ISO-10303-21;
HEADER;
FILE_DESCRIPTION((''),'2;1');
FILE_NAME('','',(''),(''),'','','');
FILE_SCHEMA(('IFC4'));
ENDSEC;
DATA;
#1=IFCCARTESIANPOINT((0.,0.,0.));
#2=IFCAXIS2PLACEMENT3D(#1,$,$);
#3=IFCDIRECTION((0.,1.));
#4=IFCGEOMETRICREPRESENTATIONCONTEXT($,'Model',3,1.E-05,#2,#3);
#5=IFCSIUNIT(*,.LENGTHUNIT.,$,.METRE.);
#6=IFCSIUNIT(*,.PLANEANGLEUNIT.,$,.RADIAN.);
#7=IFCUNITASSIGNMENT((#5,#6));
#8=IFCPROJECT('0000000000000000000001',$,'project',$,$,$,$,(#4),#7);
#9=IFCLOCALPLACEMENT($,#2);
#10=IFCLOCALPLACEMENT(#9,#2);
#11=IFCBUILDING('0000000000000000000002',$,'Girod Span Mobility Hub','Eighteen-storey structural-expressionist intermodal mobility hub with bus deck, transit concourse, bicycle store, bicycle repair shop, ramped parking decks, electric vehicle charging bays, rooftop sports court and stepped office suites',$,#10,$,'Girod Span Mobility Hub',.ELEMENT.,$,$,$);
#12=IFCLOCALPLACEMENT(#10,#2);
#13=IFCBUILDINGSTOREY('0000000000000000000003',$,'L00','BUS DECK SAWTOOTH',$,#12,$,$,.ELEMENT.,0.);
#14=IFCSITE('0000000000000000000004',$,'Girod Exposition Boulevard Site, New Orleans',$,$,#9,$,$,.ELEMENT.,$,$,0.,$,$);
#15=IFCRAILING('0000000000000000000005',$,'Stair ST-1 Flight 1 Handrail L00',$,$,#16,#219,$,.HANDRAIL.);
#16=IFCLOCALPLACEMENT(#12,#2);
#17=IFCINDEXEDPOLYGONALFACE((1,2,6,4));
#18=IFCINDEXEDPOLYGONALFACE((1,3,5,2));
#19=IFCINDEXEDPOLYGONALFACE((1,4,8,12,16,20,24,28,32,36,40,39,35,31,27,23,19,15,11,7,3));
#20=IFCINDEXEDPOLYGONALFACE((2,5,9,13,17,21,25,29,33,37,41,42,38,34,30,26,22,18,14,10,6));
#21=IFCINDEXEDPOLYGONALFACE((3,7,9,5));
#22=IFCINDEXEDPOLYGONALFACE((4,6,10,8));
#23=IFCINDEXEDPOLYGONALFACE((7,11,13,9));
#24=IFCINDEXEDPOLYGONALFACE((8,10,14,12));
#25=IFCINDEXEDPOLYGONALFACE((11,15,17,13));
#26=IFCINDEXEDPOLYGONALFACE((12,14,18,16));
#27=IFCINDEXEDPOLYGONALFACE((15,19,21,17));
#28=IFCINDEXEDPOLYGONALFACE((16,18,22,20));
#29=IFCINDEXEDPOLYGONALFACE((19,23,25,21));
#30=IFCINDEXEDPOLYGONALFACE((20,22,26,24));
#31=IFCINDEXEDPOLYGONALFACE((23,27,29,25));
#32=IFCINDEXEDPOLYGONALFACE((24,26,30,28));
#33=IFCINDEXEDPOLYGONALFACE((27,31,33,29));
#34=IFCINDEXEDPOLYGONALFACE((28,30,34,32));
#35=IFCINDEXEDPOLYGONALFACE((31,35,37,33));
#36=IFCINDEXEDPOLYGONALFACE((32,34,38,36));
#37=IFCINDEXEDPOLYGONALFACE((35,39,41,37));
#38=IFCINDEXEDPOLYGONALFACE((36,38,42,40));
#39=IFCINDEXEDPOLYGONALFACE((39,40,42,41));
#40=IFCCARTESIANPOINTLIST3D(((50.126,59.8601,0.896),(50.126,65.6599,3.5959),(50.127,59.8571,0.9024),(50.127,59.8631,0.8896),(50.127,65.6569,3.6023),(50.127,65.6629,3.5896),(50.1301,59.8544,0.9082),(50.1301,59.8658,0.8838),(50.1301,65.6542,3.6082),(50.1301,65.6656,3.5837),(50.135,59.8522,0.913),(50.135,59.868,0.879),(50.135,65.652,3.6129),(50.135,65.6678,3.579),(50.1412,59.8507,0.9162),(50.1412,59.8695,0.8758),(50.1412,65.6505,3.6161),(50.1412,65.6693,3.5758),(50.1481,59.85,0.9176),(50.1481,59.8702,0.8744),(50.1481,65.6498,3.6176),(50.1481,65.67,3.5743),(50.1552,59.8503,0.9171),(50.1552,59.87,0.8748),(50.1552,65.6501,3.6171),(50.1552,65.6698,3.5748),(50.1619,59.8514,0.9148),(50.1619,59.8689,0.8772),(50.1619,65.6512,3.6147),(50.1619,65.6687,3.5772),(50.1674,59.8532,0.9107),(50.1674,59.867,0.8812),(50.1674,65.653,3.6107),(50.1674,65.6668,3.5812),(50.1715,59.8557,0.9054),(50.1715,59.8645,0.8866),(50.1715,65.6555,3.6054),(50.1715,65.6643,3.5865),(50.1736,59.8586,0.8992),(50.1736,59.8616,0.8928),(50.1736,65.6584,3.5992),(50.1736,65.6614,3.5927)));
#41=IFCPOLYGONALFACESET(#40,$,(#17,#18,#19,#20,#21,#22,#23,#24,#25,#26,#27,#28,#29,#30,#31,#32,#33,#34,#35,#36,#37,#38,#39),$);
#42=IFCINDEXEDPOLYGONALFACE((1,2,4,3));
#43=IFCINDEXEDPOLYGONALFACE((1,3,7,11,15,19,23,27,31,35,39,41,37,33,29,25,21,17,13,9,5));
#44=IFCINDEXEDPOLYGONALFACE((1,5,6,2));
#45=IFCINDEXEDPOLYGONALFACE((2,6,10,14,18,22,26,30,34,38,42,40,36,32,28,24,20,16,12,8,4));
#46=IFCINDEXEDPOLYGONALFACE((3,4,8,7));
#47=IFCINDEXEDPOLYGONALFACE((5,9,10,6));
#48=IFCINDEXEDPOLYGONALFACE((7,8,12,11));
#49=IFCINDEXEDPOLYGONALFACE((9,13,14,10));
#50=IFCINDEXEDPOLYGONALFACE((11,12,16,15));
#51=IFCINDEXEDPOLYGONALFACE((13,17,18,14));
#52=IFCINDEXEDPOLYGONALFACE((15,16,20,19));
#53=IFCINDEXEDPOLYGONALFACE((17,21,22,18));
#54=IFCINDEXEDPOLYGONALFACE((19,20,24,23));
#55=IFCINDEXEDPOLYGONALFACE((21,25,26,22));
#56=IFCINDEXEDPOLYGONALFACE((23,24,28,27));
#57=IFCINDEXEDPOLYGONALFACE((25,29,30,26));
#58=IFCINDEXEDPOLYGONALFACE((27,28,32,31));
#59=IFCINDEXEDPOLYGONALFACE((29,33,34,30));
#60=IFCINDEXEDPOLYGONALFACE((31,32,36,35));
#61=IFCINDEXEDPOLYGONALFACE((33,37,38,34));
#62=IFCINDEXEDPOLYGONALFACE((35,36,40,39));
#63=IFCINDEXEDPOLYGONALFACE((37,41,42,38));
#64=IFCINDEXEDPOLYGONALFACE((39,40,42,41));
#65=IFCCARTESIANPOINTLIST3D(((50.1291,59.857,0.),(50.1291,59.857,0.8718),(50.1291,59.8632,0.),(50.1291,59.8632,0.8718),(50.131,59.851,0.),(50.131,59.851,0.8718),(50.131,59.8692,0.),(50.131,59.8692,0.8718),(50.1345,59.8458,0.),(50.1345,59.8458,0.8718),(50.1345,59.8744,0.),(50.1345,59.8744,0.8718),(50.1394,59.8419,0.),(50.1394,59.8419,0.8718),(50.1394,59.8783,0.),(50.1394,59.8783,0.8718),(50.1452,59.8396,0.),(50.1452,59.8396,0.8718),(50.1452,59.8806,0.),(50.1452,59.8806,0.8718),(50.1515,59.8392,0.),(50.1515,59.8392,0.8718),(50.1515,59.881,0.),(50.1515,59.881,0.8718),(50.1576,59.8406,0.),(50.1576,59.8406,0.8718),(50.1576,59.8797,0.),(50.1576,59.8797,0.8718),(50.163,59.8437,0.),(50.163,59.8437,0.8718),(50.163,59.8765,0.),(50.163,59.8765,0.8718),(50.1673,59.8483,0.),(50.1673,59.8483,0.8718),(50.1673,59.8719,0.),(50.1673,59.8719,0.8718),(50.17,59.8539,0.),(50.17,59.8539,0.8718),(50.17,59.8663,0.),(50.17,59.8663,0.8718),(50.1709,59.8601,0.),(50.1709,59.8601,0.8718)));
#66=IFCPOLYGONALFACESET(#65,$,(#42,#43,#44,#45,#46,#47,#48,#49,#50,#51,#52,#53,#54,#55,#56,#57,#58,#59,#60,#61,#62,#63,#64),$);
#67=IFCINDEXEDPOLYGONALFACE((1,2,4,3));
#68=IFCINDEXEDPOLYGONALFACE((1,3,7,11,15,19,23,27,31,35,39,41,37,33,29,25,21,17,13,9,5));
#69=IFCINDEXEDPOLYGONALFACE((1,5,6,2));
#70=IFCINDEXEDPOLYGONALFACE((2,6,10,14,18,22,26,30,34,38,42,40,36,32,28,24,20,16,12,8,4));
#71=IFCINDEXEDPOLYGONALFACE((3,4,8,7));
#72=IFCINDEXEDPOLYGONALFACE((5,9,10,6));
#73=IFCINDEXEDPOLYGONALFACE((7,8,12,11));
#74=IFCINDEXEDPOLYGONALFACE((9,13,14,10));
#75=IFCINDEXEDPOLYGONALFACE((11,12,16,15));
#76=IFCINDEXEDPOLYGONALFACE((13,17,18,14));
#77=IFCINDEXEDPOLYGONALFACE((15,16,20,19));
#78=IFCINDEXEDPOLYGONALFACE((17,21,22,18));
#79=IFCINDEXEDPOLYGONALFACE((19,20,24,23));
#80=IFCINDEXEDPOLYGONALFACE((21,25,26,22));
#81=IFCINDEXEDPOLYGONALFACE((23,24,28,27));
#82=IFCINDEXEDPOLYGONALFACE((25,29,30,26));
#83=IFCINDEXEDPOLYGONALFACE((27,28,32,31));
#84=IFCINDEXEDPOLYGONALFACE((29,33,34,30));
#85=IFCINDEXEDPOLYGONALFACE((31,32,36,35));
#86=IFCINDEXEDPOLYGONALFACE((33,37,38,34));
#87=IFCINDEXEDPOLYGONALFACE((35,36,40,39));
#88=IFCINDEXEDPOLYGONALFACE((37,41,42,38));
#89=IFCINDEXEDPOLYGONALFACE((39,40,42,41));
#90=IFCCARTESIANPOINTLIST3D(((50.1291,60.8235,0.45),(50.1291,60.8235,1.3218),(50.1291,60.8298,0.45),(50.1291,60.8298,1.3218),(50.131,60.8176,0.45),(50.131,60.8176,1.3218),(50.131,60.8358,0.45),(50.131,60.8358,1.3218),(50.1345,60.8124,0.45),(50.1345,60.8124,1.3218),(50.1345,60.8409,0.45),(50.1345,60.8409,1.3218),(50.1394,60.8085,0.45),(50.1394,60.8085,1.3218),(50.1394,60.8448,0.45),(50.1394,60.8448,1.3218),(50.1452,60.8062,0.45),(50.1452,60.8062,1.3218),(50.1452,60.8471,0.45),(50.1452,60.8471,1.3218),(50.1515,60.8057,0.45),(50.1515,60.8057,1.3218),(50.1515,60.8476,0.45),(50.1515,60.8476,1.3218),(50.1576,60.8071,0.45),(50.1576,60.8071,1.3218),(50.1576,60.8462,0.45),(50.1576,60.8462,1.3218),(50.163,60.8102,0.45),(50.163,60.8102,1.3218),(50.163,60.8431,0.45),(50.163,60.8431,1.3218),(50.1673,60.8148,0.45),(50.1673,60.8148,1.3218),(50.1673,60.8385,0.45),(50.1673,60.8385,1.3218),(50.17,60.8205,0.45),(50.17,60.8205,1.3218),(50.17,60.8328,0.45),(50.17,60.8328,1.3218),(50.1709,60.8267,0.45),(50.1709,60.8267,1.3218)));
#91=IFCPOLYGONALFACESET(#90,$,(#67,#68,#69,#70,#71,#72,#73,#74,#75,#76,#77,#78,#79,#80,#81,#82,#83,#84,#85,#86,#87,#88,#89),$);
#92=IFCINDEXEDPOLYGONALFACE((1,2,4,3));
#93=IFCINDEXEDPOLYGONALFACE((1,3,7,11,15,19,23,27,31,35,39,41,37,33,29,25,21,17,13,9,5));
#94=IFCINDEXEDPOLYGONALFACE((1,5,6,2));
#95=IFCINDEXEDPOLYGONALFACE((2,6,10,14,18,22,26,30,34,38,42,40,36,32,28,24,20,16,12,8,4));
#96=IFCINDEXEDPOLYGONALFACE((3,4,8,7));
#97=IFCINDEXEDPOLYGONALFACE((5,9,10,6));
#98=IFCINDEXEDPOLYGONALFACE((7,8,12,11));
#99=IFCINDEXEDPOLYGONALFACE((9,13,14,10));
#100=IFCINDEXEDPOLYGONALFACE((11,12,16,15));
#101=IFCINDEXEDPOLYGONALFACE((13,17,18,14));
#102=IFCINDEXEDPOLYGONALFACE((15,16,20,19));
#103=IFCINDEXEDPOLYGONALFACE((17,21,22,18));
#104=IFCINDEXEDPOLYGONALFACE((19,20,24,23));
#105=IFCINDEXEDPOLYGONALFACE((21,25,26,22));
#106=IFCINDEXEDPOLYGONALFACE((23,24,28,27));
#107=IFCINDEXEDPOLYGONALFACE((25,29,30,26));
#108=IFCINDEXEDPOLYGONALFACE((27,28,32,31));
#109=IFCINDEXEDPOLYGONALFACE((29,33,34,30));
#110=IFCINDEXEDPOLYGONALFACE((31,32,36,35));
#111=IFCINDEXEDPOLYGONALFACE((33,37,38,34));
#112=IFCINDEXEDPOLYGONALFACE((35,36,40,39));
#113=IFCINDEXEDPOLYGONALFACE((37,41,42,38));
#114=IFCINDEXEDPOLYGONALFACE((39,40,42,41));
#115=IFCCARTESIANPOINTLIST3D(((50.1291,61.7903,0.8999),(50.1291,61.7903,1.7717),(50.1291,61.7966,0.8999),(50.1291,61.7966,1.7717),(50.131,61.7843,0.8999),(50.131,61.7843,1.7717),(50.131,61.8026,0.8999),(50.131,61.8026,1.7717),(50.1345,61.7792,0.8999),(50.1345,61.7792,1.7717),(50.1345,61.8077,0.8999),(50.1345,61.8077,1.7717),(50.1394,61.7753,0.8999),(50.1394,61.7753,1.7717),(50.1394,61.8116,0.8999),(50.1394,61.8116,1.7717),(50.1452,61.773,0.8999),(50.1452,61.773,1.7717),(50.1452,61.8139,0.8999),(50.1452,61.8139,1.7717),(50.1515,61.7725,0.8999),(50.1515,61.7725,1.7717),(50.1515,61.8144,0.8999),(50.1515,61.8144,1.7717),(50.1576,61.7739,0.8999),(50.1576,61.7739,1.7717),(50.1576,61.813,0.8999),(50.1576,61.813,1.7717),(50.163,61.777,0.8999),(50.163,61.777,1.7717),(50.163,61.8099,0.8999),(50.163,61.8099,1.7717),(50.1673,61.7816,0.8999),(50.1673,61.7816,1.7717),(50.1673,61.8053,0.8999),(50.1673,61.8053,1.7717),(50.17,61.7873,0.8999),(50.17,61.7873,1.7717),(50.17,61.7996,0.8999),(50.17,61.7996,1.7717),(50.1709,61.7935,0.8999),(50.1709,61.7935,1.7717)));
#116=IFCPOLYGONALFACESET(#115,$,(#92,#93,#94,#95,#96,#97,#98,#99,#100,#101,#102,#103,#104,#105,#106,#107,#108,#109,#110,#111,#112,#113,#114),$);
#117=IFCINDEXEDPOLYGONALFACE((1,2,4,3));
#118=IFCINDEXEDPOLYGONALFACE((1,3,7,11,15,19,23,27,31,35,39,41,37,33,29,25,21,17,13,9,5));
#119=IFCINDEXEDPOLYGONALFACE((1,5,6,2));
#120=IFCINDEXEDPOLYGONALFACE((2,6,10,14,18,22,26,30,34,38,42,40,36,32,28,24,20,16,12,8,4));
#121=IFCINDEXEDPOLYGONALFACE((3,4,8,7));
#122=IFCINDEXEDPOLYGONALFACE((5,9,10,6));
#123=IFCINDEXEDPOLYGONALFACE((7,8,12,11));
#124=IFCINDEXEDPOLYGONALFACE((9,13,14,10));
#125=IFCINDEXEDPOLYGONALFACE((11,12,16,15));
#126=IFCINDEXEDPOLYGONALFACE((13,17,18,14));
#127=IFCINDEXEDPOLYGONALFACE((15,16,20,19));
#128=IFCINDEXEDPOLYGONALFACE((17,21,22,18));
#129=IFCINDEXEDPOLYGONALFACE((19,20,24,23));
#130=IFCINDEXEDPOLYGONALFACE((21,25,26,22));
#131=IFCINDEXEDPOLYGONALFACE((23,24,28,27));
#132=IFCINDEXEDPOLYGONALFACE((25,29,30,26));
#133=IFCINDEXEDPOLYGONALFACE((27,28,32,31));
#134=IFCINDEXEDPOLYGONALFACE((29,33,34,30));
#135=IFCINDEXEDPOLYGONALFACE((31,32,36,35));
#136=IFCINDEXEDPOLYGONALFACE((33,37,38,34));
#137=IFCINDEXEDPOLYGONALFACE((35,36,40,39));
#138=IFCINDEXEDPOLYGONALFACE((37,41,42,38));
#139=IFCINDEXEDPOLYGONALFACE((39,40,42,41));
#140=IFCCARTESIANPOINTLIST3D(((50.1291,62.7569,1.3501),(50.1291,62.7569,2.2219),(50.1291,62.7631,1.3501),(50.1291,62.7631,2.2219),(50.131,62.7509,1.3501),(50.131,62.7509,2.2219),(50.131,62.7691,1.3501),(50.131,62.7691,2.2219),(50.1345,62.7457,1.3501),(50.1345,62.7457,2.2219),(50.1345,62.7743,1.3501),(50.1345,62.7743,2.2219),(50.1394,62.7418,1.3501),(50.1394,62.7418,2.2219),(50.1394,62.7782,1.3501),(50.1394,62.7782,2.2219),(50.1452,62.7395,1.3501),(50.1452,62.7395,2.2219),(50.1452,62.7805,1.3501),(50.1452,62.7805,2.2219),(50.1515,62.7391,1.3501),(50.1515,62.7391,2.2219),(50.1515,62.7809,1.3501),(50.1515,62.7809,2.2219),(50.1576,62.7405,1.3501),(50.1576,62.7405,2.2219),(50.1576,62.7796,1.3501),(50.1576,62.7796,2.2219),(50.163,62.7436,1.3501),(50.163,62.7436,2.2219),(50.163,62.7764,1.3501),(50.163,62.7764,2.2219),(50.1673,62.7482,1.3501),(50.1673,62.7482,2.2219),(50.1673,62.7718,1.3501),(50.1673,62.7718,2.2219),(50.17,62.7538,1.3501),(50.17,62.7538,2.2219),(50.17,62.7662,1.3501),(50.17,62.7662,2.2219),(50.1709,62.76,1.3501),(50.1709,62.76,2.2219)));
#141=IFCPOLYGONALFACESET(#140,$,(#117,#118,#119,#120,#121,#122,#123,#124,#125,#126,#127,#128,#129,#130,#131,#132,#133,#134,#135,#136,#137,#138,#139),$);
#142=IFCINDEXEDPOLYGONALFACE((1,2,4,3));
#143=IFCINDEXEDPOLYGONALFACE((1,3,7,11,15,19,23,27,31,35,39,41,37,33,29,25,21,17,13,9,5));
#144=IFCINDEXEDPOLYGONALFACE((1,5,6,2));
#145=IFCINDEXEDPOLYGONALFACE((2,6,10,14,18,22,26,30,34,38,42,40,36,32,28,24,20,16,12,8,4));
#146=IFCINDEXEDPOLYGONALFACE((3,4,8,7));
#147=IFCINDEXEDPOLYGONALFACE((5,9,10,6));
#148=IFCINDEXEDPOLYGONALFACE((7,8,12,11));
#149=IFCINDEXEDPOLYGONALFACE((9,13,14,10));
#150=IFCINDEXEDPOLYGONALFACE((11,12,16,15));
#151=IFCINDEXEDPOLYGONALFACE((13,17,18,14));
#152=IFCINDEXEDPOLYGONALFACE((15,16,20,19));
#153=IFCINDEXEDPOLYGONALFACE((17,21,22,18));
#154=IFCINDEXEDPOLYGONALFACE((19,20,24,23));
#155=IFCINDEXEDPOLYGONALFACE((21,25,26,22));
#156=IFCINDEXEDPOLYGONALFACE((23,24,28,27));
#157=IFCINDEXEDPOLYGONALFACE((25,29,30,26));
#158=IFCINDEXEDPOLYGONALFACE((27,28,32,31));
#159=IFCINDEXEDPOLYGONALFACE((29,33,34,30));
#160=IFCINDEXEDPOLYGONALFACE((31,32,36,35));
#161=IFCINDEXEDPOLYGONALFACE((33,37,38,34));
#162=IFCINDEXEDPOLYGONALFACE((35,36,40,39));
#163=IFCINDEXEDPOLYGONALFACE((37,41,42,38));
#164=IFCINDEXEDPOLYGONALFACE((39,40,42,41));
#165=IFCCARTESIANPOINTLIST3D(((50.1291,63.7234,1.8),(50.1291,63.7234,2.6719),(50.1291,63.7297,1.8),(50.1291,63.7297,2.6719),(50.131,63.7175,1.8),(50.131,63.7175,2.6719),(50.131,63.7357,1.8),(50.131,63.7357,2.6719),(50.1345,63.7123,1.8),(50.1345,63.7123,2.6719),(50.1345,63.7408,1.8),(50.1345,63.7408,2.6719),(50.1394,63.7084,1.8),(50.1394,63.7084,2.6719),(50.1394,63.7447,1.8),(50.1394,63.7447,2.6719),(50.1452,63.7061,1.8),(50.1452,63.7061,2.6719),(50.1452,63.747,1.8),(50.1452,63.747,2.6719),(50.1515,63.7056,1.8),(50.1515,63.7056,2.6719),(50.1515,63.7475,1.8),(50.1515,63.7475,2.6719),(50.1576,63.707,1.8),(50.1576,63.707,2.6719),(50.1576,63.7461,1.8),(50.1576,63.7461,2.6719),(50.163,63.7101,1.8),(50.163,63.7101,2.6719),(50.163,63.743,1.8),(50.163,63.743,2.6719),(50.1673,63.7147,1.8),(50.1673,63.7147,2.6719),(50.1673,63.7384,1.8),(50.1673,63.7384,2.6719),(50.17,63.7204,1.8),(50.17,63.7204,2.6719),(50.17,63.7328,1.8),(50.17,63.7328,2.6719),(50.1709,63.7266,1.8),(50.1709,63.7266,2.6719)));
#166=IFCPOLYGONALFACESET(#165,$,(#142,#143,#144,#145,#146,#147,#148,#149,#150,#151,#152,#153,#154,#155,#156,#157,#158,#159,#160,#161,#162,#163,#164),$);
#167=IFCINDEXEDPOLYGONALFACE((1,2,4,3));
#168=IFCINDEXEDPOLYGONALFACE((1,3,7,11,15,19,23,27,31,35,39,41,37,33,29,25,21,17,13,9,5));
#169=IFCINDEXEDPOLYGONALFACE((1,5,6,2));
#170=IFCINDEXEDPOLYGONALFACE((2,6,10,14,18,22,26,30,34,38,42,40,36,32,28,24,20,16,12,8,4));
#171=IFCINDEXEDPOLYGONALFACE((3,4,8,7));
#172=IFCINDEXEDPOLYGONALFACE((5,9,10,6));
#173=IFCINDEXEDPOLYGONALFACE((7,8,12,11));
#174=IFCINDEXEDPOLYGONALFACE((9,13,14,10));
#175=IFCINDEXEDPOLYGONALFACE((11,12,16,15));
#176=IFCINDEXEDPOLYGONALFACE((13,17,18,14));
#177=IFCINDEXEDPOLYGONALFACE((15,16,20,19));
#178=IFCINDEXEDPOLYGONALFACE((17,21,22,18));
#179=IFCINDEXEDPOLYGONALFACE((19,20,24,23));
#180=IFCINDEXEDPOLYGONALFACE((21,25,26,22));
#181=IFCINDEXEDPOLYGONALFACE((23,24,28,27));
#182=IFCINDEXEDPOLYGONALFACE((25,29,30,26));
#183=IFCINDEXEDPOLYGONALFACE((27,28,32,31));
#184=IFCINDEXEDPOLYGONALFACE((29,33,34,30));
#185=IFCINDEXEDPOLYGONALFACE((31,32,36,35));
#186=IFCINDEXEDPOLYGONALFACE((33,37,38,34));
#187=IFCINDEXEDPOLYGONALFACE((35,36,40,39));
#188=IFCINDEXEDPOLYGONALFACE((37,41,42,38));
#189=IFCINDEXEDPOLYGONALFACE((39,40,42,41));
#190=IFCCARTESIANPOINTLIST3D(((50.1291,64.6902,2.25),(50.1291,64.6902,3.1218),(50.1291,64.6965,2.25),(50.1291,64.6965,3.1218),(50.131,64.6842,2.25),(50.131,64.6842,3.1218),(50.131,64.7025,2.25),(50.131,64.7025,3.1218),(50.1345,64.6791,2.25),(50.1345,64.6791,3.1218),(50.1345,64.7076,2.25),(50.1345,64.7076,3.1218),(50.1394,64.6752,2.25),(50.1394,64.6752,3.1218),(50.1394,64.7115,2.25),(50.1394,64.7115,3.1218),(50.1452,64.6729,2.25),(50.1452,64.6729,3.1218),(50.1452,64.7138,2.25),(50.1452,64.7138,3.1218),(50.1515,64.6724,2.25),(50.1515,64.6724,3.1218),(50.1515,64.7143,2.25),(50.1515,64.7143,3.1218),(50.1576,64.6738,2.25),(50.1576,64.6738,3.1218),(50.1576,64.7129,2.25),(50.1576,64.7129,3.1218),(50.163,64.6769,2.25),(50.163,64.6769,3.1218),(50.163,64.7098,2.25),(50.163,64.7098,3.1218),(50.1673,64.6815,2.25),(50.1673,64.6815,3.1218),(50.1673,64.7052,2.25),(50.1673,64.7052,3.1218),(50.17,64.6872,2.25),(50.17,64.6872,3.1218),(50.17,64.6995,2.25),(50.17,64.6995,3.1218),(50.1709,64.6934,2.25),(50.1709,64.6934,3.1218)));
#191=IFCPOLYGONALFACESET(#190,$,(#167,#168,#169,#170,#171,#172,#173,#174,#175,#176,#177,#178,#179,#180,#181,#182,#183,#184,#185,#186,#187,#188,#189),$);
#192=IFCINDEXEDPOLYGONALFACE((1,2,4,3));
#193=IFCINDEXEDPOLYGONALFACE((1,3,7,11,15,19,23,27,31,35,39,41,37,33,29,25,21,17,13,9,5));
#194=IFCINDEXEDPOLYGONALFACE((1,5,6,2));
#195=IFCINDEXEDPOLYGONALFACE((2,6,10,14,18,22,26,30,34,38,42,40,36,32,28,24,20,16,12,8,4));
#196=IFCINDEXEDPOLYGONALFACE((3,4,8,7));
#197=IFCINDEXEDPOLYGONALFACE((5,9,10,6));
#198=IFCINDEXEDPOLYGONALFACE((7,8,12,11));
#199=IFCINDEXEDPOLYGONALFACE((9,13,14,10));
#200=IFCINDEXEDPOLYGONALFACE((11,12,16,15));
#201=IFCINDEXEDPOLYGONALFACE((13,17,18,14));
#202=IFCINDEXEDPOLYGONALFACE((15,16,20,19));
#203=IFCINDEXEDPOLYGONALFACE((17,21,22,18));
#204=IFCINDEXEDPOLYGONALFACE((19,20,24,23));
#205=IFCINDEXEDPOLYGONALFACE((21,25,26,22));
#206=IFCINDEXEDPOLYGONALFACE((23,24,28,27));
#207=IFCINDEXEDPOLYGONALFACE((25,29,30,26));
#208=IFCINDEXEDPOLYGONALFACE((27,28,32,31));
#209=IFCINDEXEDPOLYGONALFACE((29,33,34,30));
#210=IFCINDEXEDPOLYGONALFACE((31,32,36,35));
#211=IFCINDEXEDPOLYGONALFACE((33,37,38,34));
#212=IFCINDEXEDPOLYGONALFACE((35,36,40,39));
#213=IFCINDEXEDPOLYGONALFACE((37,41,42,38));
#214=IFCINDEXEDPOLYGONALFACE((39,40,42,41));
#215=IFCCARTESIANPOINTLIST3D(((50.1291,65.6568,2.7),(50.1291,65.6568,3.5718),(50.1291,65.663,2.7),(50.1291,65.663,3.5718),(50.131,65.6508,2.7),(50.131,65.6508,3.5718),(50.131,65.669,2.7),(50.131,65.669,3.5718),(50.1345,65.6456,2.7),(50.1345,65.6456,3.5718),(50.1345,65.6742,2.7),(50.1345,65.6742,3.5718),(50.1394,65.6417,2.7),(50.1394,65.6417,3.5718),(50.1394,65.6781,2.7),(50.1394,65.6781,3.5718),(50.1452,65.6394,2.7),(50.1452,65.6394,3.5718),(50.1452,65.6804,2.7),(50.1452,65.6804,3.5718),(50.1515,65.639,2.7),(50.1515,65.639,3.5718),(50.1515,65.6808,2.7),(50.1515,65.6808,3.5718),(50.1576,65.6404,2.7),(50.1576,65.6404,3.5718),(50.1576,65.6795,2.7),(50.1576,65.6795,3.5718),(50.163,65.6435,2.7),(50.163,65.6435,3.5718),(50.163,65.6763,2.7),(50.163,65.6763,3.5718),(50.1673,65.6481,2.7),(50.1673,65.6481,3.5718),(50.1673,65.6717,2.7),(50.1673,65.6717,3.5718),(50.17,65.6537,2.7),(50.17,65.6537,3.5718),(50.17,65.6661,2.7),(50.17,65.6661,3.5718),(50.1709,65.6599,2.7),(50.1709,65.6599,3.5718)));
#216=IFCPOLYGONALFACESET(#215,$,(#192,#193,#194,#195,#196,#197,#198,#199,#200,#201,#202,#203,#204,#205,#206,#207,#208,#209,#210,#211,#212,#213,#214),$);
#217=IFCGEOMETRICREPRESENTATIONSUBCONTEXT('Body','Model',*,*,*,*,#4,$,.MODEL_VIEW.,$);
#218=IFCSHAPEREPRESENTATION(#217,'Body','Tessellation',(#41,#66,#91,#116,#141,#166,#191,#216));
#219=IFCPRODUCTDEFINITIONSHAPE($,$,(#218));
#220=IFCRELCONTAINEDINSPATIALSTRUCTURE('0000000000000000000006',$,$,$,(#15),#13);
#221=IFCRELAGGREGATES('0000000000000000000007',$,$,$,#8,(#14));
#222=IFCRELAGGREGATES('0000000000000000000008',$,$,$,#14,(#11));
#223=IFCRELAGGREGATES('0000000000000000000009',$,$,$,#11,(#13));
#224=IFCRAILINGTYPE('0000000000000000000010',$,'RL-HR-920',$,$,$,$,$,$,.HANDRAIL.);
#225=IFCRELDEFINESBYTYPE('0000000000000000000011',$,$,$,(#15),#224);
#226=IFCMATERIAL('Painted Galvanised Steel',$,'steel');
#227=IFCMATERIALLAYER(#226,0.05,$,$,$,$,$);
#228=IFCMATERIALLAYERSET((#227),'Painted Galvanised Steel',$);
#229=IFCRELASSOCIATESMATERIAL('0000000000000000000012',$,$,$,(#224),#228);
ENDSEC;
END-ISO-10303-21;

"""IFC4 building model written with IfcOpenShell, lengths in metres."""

from ifc_helpers import new_model, si_unit, direction, frame, origin, origin_2d, place, context, subcontext, project, spatial, circle, extrude, material, layer, layer_set, type_object, element, save


model = new_model("IFC4")

# Units and contexts
model_context = context("Model", 3, precision=1e-05, world=origin(), true_north=direction((0.0, 1.0)))
body_context = subcontext(model_context, "Body", "Model", "MODEL_VIEW")
ifc_project = project(units=[si_unit("LENGTHUNIT", "METRE"), si_unit("PLANEANGLEUNIT", "RADIAN")], contexts=[model_context])

# Site, building, storey
site_placement = place(None, origin())
site = spatial("IfcSite", under=ifc_project, at=site_placement, Name="Girod Exposition Boulevard Site, New Orleans", CompositionType="ELEMENT", RefElevation=0.0)
building_placement = place(site_placement, origin())
building = spatial("IfcBuilding", under=site, at=building_placement, Name="Girod Span Mobility Hub", Description="Eighteen-storey structural-expressionist intermodal mobility hub with bus deck, transit concourse, bicycle store, bicycle repair shop, ramped parking decks, electric vehicle charging bays, rooftop sports court and stepped office suites", LongName="Girod Span Mobility Hub", CompositionType="ELEMENT")
storey_placement = place(building_placement, origin())
storey = spatial("IfcBuildingStorey", under=building, at=storey_placement, Name="L00", Description="BUS DECK SAWTOOTH", CompositionType="ELEMENT", Elevation=0.0)

# Railing
ifc_material_1 = material(Name="Painted Galvanised Steel", Category="steel")
ifc_layer_1 = layer(ifc_material_1, 0.05)
ifc_layer_set_1 = layer_set([ifc_layer_1], Name="Painted Galvanised Steel")
railing_type = type_object("IfcRailingType", Name="RL-HR-920", PredefinedType="HANDRAIL", material=ifc_layer_set_1)
railing_1_placement = place(storey_placement, frame((50.1499, 59.8601, 0.0)))
element("IfcRailing", 1, at=railing_1_placement, inside=storey, type_object=railing_type, Name="Stair ST-1 Flight 1 Handrail L00", PredefinedType="HANDRAIL", context=body_context, shape_type="SweptSolid", body=[
    extrude(circle(Radius=0.0239, at=origin_2d()), frame((0.0, 0.0, 0.896), z_axis=(0.0, 0.90658, 0.422035), x_axis=(-1.0, 0.0, 0.0)), (0.0, 0.0, 1.0), 6.3975),
    extrude(circle(Radius=0.021, at=origin_2d()), origin(), (0.0, 0.0, 1.0), 0.8718),
    extrude(circle(Radius=0.021, at=origin_2d()), frame((0.0, 0.9666, 0.45)), (0.0, 0.0, 1.0), 0.8718),
    extrude(circle(Radius=0.021, at=origin_2d()), frame((0.0, 1.9333, 0.8999)), (0.0, 0.0, 1.0), 0.8718),
    extrude(circle(Radius=0.021, at=origin_2d()), frame((0.0, 2.8999, 1.3501)), (0.0, 0.0, 1.0), 0.8718),
    extrude(circle(Radius=0.021, at=origin_2d()), frame((0.0, 3.8665, 1.8)), (0.0, 0.0, 1.0), 0.8718),
    extrude(circle(Radius=0.021, at=origin_2d()), frame((0.0, 4.8333, 2.25)), (0.0, 0.0, 1.0), 0.8718),
    extrude(circle(Radius=0.021, at=origin_2d()), frame((0.0, 5.7998, 2.7)), (0.0, 0.0, 1.0), 0.8718),
])

save(model, "model.ifc")
